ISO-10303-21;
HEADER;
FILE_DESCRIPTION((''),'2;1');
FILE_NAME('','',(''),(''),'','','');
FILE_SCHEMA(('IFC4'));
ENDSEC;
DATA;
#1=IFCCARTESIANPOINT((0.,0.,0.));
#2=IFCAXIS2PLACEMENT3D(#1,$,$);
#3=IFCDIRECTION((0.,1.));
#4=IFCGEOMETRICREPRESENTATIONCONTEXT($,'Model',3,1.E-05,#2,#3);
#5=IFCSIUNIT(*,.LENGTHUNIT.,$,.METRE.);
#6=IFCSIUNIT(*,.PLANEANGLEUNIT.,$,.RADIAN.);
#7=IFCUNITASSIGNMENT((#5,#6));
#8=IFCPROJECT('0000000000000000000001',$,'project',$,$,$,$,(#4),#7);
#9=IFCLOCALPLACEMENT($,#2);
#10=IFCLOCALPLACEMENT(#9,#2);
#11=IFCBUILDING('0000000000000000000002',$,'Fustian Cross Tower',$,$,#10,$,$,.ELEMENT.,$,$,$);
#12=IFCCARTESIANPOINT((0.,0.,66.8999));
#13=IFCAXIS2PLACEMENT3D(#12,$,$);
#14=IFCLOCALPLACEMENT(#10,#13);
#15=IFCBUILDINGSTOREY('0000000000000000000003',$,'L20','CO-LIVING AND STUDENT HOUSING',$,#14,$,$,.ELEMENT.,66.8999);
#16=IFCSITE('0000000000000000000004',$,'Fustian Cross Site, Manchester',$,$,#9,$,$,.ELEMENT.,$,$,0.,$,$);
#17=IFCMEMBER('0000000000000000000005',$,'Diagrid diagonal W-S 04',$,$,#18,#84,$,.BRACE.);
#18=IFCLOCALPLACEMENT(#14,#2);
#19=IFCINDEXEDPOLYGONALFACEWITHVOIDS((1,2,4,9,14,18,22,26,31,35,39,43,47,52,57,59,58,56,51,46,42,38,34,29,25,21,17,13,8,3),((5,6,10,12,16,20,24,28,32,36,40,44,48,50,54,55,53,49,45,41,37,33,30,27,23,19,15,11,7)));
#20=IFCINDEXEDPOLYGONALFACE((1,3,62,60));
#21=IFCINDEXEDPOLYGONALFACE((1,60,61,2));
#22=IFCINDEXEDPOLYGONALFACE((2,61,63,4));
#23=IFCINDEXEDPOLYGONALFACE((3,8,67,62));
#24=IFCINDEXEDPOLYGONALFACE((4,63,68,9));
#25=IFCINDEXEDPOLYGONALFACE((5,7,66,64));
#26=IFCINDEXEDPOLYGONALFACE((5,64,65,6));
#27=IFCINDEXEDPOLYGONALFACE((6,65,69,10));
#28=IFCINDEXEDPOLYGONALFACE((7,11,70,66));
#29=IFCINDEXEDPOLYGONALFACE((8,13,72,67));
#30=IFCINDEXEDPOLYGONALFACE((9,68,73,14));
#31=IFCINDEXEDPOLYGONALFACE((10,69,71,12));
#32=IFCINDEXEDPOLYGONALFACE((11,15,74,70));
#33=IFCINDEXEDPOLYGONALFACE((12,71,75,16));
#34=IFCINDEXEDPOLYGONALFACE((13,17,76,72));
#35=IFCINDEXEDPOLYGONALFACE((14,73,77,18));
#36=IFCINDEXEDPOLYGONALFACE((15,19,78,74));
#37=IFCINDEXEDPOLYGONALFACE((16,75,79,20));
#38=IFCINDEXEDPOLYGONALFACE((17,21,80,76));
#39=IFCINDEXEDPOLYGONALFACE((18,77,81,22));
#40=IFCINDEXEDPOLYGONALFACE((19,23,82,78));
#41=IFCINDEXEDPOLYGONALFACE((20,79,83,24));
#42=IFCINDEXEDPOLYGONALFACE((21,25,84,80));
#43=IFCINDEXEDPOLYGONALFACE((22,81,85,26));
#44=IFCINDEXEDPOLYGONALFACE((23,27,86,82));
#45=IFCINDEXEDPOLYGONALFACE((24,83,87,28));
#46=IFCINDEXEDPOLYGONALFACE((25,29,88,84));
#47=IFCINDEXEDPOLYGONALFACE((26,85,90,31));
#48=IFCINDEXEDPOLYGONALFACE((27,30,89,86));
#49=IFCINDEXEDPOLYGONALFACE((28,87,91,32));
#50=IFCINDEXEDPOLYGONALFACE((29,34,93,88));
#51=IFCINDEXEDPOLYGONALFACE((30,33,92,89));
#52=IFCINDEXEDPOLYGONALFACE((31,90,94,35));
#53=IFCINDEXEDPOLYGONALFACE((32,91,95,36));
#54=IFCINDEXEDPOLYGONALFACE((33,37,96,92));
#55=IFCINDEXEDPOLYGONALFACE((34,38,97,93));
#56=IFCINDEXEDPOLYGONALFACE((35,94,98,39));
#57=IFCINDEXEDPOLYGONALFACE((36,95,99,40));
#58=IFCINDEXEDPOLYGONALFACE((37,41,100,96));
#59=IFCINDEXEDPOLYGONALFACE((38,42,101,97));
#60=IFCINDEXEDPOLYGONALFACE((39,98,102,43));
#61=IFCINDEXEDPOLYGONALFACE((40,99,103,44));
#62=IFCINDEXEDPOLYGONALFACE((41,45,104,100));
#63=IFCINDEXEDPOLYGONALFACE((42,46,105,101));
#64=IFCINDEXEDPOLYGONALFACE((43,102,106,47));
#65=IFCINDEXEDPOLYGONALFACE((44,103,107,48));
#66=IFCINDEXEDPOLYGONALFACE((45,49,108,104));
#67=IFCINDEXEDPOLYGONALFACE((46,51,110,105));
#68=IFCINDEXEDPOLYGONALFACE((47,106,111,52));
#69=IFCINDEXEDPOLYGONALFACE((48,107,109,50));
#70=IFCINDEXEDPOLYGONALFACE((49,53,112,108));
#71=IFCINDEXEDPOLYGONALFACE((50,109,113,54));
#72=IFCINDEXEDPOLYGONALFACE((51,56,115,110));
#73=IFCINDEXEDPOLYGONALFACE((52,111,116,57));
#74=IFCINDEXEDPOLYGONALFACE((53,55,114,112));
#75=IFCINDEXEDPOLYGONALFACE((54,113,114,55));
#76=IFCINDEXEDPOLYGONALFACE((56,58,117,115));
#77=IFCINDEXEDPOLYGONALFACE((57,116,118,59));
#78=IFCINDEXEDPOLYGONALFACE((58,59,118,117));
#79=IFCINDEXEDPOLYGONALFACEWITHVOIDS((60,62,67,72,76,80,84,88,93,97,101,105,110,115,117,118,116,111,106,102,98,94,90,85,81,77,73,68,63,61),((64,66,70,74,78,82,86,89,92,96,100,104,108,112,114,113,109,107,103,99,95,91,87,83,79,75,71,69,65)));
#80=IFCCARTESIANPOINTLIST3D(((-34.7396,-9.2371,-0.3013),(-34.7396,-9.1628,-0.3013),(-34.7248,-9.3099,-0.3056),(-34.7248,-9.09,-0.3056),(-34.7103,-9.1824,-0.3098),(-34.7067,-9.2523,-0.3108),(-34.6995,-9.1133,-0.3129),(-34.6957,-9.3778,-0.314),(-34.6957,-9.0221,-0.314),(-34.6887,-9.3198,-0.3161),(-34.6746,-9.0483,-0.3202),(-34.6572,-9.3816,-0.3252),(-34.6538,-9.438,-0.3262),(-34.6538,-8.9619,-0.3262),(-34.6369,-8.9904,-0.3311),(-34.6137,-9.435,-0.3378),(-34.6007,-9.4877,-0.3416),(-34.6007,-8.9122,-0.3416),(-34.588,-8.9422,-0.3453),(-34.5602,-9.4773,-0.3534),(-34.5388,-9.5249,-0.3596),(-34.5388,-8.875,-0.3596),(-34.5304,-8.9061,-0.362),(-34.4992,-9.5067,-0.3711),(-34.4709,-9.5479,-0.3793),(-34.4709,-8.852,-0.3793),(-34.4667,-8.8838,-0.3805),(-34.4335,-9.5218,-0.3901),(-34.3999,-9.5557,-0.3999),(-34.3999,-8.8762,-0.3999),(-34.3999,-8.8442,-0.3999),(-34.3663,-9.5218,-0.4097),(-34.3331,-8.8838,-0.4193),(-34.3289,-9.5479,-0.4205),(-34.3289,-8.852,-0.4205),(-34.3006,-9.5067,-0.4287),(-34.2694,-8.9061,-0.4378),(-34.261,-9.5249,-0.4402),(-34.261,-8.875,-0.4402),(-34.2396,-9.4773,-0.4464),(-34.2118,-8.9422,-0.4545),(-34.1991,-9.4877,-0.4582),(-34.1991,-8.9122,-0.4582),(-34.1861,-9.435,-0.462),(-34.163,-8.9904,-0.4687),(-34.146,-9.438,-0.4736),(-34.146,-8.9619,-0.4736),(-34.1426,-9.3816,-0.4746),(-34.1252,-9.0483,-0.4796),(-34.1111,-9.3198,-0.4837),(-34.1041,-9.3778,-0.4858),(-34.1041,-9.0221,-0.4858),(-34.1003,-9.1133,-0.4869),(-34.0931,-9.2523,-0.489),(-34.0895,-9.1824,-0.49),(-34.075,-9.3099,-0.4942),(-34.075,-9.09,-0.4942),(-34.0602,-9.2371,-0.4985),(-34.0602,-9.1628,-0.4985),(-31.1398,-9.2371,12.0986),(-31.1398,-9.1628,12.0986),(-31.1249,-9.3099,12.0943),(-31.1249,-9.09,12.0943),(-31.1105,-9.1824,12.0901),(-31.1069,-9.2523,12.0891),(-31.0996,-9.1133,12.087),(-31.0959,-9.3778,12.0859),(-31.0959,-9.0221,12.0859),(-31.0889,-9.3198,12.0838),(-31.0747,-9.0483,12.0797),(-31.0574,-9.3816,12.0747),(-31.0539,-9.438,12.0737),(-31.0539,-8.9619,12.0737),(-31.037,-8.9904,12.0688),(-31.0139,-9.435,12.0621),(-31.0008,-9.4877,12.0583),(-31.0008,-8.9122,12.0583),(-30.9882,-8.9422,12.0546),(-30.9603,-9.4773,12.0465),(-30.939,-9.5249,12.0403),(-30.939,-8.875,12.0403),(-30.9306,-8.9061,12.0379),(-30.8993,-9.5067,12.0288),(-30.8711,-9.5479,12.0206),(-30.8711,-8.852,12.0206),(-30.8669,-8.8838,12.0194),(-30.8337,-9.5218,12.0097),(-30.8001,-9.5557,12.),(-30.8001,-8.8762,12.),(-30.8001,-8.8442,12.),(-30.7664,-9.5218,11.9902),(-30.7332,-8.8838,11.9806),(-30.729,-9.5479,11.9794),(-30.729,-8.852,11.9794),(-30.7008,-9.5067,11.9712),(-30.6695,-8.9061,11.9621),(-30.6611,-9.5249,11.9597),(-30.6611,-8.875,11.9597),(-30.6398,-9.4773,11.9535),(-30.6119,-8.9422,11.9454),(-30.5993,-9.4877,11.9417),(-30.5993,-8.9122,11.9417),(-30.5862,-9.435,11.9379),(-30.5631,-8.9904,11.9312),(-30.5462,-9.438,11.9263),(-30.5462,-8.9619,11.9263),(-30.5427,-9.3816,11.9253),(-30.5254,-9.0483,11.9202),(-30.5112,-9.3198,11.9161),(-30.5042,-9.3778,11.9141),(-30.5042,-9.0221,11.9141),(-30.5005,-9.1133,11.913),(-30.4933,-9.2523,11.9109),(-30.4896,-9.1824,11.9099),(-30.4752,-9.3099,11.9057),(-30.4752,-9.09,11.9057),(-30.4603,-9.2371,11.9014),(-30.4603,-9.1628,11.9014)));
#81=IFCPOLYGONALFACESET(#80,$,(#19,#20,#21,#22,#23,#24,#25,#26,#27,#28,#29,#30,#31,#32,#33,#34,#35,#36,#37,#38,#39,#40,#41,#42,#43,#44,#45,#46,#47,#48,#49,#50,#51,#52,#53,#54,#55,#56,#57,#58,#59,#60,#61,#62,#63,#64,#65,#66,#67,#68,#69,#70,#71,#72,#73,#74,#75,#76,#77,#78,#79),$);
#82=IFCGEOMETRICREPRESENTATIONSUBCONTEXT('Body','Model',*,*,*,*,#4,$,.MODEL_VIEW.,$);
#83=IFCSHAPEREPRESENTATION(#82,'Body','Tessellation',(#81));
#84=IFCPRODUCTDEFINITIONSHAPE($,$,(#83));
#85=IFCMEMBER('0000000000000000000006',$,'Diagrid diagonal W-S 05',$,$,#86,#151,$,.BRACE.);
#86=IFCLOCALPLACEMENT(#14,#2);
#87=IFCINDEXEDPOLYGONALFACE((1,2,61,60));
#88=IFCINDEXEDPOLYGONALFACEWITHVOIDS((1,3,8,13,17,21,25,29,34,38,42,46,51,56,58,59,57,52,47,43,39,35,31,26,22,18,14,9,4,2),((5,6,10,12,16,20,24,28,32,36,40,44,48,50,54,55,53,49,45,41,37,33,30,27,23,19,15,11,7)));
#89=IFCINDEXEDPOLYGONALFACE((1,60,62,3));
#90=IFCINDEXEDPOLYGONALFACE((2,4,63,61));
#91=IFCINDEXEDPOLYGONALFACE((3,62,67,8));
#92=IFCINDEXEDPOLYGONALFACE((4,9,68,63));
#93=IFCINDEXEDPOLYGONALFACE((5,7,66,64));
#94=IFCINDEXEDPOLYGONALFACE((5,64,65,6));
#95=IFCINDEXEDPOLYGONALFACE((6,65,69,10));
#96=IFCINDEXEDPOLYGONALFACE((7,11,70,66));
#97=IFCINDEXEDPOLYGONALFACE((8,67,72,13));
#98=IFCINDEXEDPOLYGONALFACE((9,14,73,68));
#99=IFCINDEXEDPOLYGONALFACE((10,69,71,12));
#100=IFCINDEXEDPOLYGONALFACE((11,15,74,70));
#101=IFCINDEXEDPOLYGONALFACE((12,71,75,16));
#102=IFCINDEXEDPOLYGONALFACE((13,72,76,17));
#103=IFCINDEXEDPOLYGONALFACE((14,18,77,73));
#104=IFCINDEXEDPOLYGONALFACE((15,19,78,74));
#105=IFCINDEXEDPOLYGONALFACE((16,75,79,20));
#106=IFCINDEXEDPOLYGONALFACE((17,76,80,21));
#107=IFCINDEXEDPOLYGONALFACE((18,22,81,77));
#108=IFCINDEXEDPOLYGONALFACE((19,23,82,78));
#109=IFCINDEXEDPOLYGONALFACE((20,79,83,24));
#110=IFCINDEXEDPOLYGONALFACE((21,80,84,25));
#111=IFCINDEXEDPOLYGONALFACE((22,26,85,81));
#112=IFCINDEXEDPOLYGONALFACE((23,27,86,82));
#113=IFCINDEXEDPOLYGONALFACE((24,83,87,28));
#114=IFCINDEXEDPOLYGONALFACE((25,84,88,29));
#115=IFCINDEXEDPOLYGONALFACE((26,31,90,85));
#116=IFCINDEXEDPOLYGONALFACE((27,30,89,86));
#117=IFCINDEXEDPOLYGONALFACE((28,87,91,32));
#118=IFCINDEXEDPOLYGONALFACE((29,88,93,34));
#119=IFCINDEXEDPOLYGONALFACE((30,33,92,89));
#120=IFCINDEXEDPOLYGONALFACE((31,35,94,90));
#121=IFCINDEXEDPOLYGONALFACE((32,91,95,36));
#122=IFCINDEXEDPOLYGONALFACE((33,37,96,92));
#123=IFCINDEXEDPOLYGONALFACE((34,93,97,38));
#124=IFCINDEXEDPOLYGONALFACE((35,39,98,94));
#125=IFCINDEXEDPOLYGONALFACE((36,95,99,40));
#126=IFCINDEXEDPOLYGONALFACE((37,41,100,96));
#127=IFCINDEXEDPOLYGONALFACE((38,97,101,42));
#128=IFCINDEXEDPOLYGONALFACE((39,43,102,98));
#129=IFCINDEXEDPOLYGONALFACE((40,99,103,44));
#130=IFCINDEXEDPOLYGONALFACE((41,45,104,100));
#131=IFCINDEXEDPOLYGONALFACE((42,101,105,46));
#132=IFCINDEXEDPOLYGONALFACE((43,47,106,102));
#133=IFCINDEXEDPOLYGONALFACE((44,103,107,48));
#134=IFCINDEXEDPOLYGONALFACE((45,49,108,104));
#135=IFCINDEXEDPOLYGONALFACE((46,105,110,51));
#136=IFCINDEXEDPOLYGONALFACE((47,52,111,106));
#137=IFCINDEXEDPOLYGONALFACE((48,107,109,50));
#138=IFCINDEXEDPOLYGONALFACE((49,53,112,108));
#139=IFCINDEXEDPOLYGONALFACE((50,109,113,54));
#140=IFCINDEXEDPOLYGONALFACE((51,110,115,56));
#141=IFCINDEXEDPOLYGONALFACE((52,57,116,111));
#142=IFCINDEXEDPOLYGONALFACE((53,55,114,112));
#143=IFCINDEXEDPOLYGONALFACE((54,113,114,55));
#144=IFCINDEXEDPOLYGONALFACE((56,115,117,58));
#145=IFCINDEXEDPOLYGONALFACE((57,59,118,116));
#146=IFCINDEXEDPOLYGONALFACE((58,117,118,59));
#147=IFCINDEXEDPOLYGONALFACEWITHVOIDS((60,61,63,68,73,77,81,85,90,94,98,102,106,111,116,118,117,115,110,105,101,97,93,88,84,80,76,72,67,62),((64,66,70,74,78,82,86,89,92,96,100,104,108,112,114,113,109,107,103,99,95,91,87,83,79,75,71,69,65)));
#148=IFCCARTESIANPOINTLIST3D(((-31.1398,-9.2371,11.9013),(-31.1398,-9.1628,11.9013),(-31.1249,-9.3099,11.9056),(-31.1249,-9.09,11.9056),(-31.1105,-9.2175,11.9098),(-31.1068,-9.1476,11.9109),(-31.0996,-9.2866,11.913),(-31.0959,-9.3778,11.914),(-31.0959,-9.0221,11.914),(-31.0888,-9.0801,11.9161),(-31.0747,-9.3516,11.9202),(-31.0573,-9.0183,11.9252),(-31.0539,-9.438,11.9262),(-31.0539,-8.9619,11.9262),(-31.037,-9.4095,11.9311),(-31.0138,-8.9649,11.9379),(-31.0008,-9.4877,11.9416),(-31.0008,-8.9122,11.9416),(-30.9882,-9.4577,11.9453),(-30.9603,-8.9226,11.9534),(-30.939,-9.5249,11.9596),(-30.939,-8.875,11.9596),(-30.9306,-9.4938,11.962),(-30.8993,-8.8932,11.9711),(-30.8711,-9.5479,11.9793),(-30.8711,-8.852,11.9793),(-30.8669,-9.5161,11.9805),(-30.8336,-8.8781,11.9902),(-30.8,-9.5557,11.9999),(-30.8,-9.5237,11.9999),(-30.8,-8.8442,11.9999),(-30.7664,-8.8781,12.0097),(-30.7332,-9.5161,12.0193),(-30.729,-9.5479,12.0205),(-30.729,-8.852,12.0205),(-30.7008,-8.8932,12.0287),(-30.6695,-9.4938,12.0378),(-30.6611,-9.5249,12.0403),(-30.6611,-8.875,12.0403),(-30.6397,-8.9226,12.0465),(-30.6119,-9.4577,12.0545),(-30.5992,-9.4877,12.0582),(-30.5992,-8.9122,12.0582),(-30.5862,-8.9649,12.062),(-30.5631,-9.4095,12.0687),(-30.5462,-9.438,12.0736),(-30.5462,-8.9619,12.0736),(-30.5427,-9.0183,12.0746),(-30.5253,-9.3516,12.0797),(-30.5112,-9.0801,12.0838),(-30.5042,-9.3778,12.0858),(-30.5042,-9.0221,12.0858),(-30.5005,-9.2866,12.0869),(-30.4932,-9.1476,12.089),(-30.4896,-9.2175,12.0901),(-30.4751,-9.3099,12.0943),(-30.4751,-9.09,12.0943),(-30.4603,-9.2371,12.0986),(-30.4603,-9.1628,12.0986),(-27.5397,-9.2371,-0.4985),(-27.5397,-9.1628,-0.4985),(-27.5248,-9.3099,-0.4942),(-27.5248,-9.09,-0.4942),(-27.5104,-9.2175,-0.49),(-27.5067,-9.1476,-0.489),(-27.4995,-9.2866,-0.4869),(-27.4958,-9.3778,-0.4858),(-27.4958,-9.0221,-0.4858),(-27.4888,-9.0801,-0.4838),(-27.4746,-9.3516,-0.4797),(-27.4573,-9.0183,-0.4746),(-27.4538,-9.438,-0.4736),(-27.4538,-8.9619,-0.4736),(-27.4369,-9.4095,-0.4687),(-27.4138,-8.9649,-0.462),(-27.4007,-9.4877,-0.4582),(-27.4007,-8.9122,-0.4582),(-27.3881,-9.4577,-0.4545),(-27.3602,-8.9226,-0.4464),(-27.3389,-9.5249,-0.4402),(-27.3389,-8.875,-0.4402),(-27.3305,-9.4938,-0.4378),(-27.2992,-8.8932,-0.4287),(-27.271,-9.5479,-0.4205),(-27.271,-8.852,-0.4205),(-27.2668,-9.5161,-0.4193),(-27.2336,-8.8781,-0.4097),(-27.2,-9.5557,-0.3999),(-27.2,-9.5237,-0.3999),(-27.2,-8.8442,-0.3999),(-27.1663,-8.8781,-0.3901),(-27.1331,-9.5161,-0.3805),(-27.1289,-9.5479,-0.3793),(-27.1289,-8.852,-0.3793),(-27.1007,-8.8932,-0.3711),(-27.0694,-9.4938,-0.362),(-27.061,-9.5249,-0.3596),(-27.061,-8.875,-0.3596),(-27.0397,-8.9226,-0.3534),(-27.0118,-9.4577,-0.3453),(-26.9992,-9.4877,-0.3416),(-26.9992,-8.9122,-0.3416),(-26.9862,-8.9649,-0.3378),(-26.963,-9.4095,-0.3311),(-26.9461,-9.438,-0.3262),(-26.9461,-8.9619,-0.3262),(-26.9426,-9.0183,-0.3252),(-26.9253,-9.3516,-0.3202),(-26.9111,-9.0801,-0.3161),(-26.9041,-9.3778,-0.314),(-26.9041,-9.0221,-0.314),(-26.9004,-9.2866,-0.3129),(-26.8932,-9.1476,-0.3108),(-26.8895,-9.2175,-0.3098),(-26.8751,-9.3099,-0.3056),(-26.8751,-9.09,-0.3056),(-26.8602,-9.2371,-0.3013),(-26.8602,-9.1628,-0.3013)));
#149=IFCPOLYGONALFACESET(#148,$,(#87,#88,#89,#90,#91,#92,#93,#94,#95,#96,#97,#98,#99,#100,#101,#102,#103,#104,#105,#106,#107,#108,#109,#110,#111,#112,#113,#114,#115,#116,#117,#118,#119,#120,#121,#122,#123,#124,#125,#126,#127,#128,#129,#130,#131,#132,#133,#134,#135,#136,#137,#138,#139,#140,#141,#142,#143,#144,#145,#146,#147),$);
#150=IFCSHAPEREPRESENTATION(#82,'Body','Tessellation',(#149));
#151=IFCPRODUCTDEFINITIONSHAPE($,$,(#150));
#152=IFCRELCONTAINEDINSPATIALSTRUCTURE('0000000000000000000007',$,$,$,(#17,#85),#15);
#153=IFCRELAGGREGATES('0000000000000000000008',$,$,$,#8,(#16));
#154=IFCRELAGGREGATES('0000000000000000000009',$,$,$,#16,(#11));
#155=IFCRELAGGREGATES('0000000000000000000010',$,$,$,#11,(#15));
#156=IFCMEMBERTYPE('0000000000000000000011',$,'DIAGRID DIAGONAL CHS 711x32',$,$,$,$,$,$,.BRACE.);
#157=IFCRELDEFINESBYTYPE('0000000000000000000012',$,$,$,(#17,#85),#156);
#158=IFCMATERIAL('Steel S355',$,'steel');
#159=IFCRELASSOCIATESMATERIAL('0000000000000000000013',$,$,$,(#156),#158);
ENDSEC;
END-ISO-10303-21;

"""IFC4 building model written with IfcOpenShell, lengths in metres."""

from ifc_helpers import new_model, si_unit, direction, frame, origin, origin_2d, place, context, subcontext, project, spatial, hollow_circle, extrude, material, material_profile, profile_set, type_object, element, save


model = new_model("IFC4")

# Units and contexts
model_context = context("Model", 3, precision=1e-05, world=origin(), true_north=direction((0.0, 1.0)))
body_context = subcontext(model_context, "Body", "Model", "MODEL_VIEW")
ifc_project = project(units=[si_unit("LENGTHUNIT", "METRE"), si_unit("PLANEANGLEUNIT", "RADIAN")], contexts=[model_context])

# Site, building, storey
site_placement = place(None, origin())
site = spatial("IfcSite", under=ifc_project, at=site_placement, Name="Fustian Cross Site, Manchester", CompositionType="ELEMENT", RefElevation=0.0)
building_placement = place(site_placement, origin())
building = spatial("IfcBuilding", under=site, at=building_placement, Name="Fustian Cross Tower", CompositionType="ELEMENT")
storey_placement = place(building_placement, frame((0.0, 0.0, 66.8999)))
storey = spatial("IfcBuildingStorey", under=building, at=storey_placement, Name="L20", Description="CO-LIVING AND STUDENT HOUSING", CompositionType="ELEMENT", Elevation=66.8999)

# Members
ifc_material_1 = material(Name="Steel S355", Category="steel")
ifc_material_profile_1 = material_profile(ifc_material_1, hollow_circle(Radius=0.3557, WallThickness=0.032, at=origin_2d()), Name="CHS 711x32")
ifc_profile_set_1 = profile_set([ifc_material_profile_1], Name="Steel S355")
member_type_1 = type_object("IfcMemberType", Name="DIAGRID DIAGONAL CHS 711x32", PredefinedType="BRACE", material=ifc_profile_set_1)
for number, where, z_axis, x_axis, name in (
    (1, (-34.3999, -9.2, -0.3999), (0.278802, 0.0, 0.960349), (0.0, 1.0, 0.0), "Diagrid diagonal W-S 04"),
    (2, (-27.2, -9.2, -0.3999), (-0.278819, 0.0, 0.960344), (0.0, -1.0, 0.0), "Diagrid diagonal W-S 05"),
):
    element("IfcMember", number, at=place(storey_placement, frame(where, z_axis=z_axis, x_axis=x_axis)), inside=storey, type_object=member_type_1, Name=name, PredefinedType="BRACE", context=body_context, shape_type="SweptSolid", body=[
        extrude(hollow_circle(Radius=0.3557, WallThickness=0.032, at=origin_2d()), origin(), (0.0, 0.0, 1.0), 12.9119),
    ])

save(model, "model.ifc")
